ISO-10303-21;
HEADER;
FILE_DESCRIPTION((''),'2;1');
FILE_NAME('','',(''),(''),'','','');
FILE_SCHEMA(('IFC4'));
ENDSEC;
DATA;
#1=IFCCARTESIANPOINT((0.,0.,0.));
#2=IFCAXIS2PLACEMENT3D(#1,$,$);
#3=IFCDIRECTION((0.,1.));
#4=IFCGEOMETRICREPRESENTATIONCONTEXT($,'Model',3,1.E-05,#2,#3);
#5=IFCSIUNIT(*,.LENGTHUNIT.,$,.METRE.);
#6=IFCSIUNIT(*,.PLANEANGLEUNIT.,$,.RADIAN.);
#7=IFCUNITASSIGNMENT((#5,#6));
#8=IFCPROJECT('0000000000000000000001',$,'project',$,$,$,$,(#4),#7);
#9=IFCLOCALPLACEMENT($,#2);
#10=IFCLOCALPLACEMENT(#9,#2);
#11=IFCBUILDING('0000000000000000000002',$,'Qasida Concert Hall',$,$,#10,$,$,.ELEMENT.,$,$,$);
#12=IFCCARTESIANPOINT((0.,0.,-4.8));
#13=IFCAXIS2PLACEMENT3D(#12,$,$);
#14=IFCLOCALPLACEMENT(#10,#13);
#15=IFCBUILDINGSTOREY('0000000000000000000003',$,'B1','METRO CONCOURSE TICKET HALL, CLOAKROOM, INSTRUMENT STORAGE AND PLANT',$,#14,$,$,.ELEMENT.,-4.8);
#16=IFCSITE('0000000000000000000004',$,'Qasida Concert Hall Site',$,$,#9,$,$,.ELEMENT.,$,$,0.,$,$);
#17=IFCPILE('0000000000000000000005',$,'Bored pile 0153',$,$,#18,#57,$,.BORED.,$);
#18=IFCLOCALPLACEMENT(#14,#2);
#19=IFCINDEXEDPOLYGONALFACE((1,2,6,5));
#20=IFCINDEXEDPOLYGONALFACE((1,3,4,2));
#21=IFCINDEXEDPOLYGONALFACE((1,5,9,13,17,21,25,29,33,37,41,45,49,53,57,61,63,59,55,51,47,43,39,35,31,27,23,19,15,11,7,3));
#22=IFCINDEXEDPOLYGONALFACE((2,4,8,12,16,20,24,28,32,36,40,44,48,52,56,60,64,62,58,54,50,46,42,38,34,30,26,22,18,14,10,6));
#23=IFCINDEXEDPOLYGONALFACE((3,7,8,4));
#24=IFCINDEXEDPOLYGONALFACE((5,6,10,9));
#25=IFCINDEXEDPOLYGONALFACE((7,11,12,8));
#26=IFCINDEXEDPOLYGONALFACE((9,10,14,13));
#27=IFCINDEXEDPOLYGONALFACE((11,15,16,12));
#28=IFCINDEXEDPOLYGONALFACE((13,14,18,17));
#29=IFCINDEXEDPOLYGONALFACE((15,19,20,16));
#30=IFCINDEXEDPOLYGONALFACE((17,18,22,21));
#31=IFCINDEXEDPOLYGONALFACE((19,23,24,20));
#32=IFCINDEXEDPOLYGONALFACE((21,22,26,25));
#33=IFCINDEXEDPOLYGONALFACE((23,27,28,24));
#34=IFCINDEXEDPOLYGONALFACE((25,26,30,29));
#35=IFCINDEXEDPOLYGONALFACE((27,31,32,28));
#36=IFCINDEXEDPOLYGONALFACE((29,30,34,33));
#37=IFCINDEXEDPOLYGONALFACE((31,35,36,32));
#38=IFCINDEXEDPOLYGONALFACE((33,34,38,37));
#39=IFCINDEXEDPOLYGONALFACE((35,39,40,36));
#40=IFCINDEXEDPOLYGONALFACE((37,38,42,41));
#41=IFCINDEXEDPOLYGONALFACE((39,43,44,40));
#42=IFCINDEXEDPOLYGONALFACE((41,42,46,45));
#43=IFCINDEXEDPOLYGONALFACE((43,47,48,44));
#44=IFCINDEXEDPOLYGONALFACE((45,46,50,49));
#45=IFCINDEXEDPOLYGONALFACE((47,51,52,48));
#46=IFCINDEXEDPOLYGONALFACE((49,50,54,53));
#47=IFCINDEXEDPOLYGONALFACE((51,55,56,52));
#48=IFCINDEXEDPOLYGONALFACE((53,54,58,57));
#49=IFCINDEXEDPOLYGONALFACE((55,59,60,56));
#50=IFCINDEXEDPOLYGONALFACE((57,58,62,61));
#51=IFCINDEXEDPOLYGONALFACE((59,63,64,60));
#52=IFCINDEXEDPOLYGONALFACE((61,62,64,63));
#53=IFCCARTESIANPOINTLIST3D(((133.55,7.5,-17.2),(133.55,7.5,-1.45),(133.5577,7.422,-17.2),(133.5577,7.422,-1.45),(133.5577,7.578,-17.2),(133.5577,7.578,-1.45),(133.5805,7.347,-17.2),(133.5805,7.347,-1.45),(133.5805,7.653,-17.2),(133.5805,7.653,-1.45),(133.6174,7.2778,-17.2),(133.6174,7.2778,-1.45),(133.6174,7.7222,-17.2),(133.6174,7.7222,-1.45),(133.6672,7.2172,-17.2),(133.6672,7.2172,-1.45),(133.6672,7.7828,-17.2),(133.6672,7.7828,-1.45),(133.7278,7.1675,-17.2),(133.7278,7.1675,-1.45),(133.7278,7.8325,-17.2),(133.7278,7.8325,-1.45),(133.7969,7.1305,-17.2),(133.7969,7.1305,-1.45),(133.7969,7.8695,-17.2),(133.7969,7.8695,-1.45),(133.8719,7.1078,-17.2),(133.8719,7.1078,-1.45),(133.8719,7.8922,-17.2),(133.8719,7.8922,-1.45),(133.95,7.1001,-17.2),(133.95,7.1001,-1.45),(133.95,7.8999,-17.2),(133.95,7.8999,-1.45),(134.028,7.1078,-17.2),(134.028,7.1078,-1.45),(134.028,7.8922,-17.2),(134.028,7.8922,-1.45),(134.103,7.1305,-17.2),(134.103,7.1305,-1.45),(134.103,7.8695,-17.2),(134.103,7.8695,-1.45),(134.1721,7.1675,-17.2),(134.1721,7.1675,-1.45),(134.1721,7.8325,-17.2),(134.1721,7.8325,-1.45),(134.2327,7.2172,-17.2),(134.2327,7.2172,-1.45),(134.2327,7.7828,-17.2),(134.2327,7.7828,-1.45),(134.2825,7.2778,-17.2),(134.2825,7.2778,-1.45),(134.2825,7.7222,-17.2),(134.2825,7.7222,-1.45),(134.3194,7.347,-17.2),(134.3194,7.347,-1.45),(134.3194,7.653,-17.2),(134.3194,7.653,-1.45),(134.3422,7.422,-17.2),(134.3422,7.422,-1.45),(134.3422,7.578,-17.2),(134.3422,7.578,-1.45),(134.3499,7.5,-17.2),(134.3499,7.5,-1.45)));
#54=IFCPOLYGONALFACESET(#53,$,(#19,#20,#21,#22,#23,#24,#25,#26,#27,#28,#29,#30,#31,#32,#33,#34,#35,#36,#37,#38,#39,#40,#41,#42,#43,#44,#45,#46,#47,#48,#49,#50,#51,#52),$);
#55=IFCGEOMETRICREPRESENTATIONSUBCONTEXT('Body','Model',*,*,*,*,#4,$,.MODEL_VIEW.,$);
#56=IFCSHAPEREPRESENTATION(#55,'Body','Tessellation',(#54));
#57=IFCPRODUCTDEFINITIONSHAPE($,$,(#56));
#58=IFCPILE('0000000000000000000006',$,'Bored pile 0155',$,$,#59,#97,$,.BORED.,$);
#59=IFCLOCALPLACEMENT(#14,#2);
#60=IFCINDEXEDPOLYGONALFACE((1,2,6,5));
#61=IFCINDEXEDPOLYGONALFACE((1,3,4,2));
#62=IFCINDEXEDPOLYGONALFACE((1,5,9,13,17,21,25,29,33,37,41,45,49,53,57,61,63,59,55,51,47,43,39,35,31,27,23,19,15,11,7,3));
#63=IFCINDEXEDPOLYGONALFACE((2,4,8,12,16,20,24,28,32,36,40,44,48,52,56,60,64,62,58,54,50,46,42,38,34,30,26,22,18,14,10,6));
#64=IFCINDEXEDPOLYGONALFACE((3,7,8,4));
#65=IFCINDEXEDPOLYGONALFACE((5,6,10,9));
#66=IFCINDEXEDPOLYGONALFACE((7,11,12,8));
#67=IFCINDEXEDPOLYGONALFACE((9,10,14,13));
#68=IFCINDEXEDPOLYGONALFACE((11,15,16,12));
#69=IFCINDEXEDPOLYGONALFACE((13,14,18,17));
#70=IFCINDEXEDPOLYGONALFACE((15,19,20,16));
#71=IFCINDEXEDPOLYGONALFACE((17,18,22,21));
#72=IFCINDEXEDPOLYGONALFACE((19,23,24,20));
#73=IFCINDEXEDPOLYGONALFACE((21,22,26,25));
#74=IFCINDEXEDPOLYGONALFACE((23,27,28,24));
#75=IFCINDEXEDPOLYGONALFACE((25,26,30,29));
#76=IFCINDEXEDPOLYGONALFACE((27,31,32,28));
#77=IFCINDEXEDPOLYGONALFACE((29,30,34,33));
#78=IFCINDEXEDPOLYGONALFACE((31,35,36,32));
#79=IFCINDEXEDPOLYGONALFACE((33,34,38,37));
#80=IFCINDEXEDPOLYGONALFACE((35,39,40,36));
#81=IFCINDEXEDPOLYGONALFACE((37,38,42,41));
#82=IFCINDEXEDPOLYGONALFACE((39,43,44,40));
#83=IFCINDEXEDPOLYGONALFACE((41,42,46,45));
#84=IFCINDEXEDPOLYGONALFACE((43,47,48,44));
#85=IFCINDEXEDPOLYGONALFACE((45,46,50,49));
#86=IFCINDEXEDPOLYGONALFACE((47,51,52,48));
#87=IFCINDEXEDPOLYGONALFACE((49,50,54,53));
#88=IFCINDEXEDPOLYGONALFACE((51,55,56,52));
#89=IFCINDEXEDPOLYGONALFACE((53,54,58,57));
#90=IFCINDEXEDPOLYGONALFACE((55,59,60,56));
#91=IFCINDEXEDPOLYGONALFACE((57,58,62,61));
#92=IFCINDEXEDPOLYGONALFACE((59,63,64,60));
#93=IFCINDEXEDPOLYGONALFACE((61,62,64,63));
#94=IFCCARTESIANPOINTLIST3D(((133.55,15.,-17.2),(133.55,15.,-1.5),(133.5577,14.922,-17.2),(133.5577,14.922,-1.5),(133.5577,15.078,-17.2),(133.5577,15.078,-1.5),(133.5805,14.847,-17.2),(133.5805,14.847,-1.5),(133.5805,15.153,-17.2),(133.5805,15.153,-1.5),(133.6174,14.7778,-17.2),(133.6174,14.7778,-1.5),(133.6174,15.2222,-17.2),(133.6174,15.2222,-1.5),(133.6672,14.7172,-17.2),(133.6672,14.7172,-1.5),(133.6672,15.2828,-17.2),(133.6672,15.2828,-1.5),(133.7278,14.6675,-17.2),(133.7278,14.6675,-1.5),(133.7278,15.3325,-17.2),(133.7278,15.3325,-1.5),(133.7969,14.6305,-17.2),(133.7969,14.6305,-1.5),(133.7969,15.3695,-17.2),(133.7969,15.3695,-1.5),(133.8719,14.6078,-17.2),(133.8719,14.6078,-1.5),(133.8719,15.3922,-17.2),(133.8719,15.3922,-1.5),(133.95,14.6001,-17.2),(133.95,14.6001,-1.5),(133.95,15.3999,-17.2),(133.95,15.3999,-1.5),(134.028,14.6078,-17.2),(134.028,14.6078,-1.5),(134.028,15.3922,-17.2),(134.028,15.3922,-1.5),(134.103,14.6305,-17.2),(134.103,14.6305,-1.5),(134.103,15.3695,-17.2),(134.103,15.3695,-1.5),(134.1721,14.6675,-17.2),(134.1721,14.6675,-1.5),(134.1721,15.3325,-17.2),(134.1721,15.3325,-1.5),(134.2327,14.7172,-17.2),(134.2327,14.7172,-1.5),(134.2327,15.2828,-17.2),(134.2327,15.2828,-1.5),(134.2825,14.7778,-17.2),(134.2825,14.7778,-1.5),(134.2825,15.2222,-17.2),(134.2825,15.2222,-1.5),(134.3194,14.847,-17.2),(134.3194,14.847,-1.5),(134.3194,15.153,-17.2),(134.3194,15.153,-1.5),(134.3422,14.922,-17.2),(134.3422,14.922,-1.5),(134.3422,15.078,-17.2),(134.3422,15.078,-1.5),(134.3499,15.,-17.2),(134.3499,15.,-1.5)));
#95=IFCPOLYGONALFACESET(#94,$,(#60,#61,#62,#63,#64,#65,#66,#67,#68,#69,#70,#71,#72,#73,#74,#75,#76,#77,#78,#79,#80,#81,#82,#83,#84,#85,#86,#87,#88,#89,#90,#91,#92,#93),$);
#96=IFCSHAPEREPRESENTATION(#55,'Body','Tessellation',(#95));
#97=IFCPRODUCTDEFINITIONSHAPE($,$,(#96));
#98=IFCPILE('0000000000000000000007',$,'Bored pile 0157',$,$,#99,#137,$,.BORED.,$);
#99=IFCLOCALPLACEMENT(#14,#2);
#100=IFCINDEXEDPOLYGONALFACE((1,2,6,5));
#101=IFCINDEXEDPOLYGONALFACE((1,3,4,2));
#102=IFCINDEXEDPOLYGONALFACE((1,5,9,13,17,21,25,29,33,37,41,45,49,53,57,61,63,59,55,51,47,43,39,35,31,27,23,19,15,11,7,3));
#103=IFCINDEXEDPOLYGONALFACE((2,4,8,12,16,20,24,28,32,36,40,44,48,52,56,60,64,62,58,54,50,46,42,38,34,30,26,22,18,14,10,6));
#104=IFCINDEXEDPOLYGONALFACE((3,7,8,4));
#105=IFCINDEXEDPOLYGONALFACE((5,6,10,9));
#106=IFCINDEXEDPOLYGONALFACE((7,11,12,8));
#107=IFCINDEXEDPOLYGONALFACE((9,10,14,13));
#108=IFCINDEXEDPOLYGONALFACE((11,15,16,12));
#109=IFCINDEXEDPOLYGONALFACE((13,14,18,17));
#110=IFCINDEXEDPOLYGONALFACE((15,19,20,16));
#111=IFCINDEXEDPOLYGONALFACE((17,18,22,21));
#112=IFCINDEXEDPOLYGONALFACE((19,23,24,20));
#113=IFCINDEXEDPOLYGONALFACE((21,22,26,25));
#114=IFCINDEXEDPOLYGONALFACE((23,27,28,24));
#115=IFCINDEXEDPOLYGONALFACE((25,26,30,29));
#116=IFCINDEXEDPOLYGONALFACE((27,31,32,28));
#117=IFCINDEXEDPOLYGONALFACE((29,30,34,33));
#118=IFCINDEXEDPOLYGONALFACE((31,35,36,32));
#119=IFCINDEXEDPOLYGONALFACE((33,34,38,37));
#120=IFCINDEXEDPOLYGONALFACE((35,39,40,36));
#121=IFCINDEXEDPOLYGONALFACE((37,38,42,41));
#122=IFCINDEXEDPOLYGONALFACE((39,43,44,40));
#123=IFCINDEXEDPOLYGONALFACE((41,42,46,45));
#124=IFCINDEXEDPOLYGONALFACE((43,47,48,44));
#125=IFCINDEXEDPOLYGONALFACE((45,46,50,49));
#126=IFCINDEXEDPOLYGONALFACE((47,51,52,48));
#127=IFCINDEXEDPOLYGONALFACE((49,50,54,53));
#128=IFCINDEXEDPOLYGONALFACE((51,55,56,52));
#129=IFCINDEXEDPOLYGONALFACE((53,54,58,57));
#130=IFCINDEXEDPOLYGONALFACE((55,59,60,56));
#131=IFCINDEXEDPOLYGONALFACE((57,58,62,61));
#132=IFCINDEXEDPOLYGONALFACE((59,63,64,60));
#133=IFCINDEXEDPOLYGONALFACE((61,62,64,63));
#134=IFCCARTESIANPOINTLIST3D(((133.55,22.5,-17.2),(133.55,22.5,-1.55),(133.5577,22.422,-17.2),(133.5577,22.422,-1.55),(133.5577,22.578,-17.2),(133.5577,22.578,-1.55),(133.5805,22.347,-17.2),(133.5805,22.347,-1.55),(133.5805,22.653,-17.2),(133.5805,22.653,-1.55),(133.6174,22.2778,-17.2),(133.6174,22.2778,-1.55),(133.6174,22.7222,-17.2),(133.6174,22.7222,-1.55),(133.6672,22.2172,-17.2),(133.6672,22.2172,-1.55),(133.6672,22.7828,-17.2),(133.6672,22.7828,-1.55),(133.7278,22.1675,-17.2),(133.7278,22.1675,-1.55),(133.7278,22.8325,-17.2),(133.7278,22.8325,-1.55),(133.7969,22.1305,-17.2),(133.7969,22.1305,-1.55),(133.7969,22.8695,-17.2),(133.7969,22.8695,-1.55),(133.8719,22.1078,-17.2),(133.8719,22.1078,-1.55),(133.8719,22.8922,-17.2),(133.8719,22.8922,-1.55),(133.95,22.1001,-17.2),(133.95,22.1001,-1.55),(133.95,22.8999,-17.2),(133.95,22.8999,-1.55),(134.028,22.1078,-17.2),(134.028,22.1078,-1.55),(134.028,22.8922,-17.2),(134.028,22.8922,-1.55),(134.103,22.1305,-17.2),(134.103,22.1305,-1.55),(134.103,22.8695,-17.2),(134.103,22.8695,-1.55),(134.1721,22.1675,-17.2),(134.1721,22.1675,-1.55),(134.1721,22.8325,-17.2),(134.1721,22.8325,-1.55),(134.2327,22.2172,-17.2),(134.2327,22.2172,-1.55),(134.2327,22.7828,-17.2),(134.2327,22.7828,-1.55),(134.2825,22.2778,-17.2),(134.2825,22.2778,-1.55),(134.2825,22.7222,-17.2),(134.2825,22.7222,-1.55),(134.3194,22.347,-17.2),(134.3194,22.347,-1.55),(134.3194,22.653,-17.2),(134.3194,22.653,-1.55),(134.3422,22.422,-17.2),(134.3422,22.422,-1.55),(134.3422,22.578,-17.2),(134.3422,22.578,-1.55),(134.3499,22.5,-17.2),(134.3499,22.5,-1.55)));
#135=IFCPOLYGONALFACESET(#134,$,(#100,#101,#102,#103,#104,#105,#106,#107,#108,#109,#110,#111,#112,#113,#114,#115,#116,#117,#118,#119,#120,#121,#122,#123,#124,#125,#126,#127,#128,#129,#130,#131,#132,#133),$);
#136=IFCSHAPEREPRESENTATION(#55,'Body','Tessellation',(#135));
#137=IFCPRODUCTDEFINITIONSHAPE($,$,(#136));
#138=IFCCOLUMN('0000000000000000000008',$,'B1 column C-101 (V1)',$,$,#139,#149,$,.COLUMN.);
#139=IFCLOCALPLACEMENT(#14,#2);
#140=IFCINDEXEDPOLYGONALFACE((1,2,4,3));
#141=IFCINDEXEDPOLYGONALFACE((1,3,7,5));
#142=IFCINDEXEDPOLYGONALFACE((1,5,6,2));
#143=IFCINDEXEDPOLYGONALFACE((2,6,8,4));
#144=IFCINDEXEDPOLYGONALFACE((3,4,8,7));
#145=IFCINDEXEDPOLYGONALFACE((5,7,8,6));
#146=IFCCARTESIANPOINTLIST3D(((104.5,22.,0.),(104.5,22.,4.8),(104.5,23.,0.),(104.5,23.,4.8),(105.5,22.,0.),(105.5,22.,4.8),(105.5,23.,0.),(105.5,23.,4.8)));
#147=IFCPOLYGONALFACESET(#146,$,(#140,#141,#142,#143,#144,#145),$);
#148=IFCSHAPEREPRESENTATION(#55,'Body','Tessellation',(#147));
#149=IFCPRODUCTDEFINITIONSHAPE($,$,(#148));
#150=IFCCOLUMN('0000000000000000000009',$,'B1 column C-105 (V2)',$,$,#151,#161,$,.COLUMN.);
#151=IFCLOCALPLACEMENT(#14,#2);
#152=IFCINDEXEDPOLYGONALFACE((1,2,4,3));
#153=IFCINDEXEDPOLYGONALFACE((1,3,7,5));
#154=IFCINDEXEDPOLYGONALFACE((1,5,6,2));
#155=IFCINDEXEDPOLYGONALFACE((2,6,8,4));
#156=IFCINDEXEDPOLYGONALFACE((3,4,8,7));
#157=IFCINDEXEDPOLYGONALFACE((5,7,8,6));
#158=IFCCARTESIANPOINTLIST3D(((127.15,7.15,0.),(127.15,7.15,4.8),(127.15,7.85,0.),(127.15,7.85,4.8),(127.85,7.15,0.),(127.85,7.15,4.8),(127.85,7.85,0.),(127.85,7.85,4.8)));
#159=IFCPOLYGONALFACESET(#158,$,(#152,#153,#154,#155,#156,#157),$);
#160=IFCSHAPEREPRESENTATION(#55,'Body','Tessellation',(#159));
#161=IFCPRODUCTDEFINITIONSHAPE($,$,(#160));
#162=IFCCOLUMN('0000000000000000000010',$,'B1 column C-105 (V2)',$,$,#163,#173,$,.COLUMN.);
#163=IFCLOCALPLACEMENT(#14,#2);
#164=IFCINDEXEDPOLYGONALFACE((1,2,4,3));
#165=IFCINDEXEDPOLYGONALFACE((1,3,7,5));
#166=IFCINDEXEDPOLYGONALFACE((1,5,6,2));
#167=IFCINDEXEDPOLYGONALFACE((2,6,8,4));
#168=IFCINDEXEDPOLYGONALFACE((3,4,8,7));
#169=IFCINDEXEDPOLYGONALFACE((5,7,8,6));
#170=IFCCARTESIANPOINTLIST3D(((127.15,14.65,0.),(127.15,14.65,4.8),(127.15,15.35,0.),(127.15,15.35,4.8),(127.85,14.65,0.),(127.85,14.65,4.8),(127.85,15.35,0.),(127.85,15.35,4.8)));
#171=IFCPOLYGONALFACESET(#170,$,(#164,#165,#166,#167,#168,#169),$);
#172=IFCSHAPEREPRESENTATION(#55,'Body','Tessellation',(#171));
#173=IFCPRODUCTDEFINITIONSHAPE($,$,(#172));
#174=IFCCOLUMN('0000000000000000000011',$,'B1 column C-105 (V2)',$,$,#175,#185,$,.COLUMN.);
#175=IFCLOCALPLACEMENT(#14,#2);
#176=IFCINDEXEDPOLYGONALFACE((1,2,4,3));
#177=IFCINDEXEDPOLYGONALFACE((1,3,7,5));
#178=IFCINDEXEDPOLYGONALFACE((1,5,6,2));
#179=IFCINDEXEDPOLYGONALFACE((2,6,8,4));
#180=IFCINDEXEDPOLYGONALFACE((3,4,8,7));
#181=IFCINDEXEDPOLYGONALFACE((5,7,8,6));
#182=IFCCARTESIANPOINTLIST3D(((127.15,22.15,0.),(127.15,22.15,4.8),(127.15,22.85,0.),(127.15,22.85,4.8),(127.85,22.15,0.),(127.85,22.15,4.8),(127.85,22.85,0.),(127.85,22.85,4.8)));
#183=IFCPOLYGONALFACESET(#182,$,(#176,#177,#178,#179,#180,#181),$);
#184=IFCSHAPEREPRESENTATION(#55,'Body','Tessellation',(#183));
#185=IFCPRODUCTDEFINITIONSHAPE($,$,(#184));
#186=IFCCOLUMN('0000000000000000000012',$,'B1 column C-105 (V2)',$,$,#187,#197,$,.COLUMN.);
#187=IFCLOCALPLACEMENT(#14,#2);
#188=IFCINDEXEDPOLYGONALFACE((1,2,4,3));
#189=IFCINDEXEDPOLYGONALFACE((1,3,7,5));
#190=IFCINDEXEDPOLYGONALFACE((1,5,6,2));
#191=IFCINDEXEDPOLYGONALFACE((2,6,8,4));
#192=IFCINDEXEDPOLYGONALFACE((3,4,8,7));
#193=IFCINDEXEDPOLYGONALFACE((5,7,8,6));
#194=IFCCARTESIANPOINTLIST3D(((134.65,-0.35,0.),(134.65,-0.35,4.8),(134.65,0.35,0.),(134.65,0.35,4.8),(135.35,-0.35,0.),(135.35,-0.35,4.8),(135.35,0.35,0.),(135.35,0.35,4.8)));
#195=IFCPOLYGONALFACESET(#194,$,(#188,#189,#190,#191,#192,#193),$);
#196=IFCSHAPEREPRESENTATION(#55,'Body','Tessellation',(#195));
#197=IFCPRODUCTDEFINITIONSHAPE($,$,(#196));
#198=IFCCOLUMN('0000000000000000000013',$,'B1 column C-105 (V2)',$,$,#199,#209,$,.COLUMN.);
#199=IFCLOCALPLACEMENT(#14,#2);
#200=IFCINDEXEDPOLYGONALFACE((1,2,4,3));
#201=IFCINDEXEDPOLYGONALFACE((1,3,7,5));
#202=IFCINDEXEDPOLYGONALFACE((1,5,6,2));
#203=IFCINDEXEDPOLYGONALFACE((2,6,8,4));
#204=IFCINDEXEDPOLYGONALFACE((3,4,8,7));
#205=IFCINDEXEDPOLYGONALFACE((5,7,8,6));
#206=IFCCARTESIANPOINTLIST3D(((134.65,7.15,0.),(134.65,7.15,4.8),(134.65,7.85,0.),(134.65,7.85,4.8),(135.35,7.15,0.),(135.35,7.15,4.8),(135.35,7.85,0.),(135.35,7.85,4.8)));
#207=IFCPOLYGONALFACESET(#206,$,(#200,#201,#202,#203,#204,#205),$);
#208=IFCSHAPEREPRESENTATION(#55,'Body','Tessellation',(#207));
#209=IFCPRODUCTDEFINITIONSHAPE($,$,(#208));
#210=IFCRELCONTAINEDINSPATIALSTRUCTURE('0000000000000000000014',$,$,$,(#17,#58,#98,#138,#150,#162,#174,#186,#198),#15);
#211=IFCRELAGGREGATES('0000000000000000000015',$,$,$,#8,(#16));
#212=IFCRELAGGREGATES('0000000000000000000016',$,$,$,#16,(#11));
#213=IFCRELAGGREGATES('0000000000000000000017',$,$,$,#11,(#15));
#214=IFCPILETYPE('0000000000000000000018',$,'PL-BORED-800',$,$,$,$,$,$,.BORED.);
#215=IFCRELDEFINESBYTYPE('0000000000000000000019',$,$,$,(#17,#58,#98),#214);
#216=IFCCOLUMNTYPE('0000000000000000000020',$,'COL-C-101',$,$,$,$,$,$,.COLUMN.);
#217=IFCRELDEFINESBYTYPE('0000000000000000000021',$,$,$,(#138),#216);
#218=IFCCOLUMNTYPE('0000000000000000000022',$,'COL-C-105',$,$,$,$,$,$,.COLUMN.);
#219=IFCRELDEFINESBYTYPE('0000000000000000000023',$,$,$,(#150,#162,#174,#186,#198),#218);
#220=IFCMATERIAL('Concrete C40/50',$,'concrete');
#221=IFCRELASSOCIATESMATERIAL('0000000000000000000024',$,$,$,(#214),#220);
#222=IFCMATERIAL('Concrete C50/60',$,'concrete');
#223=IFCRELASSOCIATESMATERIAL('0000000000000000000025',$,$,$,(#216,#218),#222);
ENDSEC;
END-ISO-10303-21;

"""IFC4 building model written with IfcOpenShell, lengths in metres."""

from ifc_helpers import new_model, si_unit, direction, frame, origin, origin_2d, place, context, subcontext, project, spatial, rectangle, circle, extrude, material, material_profile, profile_set, type_object, element, save


model = new_model("IFC4")

# Units and contexts
model_context = context("Model", 3, precision=1e-05, world=origin(), true_north=direction((0.0, 1.0)))
body_context = subcontext(model_context, "Body", "Model", "MODEL_VIEW")
ifc_project = project(units=[si_unit("LENGTHUNIT", "METRE"), si_unit("PLANEANGLEUNIT", "RADIAN")], contexts=[model_context])

# Site, building, storey
site_placement = place(None, origin())
site = spatial("IfcSite", under=ifc_project, at=site_placement, Name="Qasida Concert Hall Site", CompositionType="ELEMENT", RefElevation=0.0)
building_placement = place(site_placement, origin())
building = spatial("IfcBuilding", under=site, at=building_placement, Name="Qasida Concert Hall", CompositionType="ELEMENT")
storey_placement = place(building_placement, frame((0.0, 0.0, -4.8)))
storey = spatial("IfcBuildingStorey", under=building, at=storey_placement, Name="B1", Description="METRO CONCOURSE TICKET HALL, CLOAKROOM, INSTRUMENT STORAGE AND PLANT", CompositionType="ELEMENT", Elevation=-4.8)

# Shared definitions
ifc_material_1 = material(Name="Concrete C40/50", Category="concrete")

# Piles
ifc_material_profile_1 = material_profile(ifc_material_1, circle(Radius=0.3999, at=origin_2d()), Name="BORED PILE D800")
ifc_profile_set_1 = profile_set([ifc_material_profile_1], Name="Concrete C40/50")
pile_type_1 = type_object("IfcPileType", Name="PL-BORED-800", PredefinedType="BORED", material=ifc_profile_set_1)
pile_1_placement = place(storey_placement, frame((133.95, 7.5, -1.45), z_axis=(0.0, 0.0, -1.0), x_axis=(1.0, 0.0, 0.0)))
element("IfcPile", 1, at=pile_1_placement, inside=storey, type_object=pile_type_1, Name="Bored pile 0153", PredefinedType="BORED", context=body_context, shape_type="SweptSolid", body=[
    extrude(circle(Radius=0.3999, at=origin_2d()), origin(), (0.0, 0.0, 1.0), 15.75),
])
pile_2_placement = place(storey_placement, frame((133.95, 15.0, -1.5), z_axis=(0.0, 0.0, -1.0), x_axis=(1.0, 0.0, 0.0)))
element("IfcPile", 2, at=pile_2_placement, inside=storey, type_object=pile_type_1, Name="Bored pile 0155", PredefinedType="BORED", context=body_context, shape_type="SweptSolid", body=[
    extrude(circle(Radius=0.3999, at=origin_2d()), origin(), (0.0, 0.0, 1.0), 15.7),
])
pile_3_placement = place(storey_placement, frame((133.95, 22.5, -1.55), z_axis=(0.0, 0.0, -1.0), x_axis=(1.0, 0.0, 0.0)))
element("IfcPile", 3, at=pile_3_placement, inside=storey, type_object=pile_type_1, Name="Bored pile 0157", PredefinedType="BORED", context=body_context, shape_type="SweptSolid", body=[
    extrude(circle(Radius=0.3999, at=origin_2d()), origin(), (0.0, 0.0, 1.0), 15.6499),
])

# Columns
ifc_material_2 = material(Name="Concrete C50/60", Category="concrete")
ifc_material_profile_2 = material_profile(ifc_material_2, rectangle(XDim=1.0, YDim=1.0, at=origin_2d()), Name="RC 1000x1000")
ifc_profile_set_2 = profile_set([ifc_material_profile_2], Name="Concrete C50/60")
column_type_1 = type_object("IfcColumnType", Name="COL-C-101", PredefinedType="COLUMN", material=ifc_profile_set_2)
column_placement = place(storey_placement, frame((105.0, 22.5, 0.0), z_axis=(0.0, 0.0, 1.0), x_axis=(1.0, 0.0, 0.0)))
element("IfcColumn", 4, at=column_placement, inside=storey, type_object=column_type_1, Name="B1 column C-101 (V1)", PredefinedType="COLUMN", context=body_context, shape_type="SweptSolid", body=[
    extrude(rectangle(XDim=1.0, YDim=1.0, at=origin_2d()), origin(), (0.0, 0.0, 1.0), 4.8),
])
ifc_material_profile_3 = material_profile(ifc_material_2, rectangle(XDim=0.7, YDim=0.7, at=origin_2d()), Name="RC 700x700")
ifc_profile_set_3 = profile_set([ifc_material_profile_3], Name="Concrete C50/60")
column_type_2 = type_object("IfcColumnType", Name="COL-C-105", PredefinedType="COLUMN", material=ifc_profile_set_3)
for number, where, z_axis, x_axis, name in (
    (5, (127.5, 7.5, 0.0), (0.0, 0.0, 1.0), (1.0, 0.0, 0.0), "B1 column C-105 (V2)"),
    (6, (127.5, 15.0, 0.0), (0.0, 0.0, 1.0), (1.0, 0.0, 0.0), "B1 column C-105 (V2)"),
    (7, (127.5, 22.5, 0.0), (0.0, 0.0, 1.0), (1.0, 0.0, 0.0), "B1 column C-105 (V2)"),
    (8, (135.0, 0.0, 0.0), (0.0, 0.0, 1.0), (1.0, 0.0, 0.0), "B1 column C-105 (V2)"),
    (9, (135.0, 7.5, 0.0), (0.0, 0.0, 1.0), (1.0, 0.0, 0.0), "B1 column C-105 (V2)"),
):
    element("IfcColumn", number, at=place(storey_placement, frame(where, z_axis=z_axis, x_axis=x_axis)), inside=storey, type_object=column_type_2, Name=name, PredefinedType="COLUMN", context=body_context, shape_type="SweptSolid", body=[
        extrude(rectangle(XDim=0.7, YDim=0.7, at=origin_2d()), origin(), (0.0, 0.0, 1.0), 4.8),
    ])

save(model, "model.ifc")
